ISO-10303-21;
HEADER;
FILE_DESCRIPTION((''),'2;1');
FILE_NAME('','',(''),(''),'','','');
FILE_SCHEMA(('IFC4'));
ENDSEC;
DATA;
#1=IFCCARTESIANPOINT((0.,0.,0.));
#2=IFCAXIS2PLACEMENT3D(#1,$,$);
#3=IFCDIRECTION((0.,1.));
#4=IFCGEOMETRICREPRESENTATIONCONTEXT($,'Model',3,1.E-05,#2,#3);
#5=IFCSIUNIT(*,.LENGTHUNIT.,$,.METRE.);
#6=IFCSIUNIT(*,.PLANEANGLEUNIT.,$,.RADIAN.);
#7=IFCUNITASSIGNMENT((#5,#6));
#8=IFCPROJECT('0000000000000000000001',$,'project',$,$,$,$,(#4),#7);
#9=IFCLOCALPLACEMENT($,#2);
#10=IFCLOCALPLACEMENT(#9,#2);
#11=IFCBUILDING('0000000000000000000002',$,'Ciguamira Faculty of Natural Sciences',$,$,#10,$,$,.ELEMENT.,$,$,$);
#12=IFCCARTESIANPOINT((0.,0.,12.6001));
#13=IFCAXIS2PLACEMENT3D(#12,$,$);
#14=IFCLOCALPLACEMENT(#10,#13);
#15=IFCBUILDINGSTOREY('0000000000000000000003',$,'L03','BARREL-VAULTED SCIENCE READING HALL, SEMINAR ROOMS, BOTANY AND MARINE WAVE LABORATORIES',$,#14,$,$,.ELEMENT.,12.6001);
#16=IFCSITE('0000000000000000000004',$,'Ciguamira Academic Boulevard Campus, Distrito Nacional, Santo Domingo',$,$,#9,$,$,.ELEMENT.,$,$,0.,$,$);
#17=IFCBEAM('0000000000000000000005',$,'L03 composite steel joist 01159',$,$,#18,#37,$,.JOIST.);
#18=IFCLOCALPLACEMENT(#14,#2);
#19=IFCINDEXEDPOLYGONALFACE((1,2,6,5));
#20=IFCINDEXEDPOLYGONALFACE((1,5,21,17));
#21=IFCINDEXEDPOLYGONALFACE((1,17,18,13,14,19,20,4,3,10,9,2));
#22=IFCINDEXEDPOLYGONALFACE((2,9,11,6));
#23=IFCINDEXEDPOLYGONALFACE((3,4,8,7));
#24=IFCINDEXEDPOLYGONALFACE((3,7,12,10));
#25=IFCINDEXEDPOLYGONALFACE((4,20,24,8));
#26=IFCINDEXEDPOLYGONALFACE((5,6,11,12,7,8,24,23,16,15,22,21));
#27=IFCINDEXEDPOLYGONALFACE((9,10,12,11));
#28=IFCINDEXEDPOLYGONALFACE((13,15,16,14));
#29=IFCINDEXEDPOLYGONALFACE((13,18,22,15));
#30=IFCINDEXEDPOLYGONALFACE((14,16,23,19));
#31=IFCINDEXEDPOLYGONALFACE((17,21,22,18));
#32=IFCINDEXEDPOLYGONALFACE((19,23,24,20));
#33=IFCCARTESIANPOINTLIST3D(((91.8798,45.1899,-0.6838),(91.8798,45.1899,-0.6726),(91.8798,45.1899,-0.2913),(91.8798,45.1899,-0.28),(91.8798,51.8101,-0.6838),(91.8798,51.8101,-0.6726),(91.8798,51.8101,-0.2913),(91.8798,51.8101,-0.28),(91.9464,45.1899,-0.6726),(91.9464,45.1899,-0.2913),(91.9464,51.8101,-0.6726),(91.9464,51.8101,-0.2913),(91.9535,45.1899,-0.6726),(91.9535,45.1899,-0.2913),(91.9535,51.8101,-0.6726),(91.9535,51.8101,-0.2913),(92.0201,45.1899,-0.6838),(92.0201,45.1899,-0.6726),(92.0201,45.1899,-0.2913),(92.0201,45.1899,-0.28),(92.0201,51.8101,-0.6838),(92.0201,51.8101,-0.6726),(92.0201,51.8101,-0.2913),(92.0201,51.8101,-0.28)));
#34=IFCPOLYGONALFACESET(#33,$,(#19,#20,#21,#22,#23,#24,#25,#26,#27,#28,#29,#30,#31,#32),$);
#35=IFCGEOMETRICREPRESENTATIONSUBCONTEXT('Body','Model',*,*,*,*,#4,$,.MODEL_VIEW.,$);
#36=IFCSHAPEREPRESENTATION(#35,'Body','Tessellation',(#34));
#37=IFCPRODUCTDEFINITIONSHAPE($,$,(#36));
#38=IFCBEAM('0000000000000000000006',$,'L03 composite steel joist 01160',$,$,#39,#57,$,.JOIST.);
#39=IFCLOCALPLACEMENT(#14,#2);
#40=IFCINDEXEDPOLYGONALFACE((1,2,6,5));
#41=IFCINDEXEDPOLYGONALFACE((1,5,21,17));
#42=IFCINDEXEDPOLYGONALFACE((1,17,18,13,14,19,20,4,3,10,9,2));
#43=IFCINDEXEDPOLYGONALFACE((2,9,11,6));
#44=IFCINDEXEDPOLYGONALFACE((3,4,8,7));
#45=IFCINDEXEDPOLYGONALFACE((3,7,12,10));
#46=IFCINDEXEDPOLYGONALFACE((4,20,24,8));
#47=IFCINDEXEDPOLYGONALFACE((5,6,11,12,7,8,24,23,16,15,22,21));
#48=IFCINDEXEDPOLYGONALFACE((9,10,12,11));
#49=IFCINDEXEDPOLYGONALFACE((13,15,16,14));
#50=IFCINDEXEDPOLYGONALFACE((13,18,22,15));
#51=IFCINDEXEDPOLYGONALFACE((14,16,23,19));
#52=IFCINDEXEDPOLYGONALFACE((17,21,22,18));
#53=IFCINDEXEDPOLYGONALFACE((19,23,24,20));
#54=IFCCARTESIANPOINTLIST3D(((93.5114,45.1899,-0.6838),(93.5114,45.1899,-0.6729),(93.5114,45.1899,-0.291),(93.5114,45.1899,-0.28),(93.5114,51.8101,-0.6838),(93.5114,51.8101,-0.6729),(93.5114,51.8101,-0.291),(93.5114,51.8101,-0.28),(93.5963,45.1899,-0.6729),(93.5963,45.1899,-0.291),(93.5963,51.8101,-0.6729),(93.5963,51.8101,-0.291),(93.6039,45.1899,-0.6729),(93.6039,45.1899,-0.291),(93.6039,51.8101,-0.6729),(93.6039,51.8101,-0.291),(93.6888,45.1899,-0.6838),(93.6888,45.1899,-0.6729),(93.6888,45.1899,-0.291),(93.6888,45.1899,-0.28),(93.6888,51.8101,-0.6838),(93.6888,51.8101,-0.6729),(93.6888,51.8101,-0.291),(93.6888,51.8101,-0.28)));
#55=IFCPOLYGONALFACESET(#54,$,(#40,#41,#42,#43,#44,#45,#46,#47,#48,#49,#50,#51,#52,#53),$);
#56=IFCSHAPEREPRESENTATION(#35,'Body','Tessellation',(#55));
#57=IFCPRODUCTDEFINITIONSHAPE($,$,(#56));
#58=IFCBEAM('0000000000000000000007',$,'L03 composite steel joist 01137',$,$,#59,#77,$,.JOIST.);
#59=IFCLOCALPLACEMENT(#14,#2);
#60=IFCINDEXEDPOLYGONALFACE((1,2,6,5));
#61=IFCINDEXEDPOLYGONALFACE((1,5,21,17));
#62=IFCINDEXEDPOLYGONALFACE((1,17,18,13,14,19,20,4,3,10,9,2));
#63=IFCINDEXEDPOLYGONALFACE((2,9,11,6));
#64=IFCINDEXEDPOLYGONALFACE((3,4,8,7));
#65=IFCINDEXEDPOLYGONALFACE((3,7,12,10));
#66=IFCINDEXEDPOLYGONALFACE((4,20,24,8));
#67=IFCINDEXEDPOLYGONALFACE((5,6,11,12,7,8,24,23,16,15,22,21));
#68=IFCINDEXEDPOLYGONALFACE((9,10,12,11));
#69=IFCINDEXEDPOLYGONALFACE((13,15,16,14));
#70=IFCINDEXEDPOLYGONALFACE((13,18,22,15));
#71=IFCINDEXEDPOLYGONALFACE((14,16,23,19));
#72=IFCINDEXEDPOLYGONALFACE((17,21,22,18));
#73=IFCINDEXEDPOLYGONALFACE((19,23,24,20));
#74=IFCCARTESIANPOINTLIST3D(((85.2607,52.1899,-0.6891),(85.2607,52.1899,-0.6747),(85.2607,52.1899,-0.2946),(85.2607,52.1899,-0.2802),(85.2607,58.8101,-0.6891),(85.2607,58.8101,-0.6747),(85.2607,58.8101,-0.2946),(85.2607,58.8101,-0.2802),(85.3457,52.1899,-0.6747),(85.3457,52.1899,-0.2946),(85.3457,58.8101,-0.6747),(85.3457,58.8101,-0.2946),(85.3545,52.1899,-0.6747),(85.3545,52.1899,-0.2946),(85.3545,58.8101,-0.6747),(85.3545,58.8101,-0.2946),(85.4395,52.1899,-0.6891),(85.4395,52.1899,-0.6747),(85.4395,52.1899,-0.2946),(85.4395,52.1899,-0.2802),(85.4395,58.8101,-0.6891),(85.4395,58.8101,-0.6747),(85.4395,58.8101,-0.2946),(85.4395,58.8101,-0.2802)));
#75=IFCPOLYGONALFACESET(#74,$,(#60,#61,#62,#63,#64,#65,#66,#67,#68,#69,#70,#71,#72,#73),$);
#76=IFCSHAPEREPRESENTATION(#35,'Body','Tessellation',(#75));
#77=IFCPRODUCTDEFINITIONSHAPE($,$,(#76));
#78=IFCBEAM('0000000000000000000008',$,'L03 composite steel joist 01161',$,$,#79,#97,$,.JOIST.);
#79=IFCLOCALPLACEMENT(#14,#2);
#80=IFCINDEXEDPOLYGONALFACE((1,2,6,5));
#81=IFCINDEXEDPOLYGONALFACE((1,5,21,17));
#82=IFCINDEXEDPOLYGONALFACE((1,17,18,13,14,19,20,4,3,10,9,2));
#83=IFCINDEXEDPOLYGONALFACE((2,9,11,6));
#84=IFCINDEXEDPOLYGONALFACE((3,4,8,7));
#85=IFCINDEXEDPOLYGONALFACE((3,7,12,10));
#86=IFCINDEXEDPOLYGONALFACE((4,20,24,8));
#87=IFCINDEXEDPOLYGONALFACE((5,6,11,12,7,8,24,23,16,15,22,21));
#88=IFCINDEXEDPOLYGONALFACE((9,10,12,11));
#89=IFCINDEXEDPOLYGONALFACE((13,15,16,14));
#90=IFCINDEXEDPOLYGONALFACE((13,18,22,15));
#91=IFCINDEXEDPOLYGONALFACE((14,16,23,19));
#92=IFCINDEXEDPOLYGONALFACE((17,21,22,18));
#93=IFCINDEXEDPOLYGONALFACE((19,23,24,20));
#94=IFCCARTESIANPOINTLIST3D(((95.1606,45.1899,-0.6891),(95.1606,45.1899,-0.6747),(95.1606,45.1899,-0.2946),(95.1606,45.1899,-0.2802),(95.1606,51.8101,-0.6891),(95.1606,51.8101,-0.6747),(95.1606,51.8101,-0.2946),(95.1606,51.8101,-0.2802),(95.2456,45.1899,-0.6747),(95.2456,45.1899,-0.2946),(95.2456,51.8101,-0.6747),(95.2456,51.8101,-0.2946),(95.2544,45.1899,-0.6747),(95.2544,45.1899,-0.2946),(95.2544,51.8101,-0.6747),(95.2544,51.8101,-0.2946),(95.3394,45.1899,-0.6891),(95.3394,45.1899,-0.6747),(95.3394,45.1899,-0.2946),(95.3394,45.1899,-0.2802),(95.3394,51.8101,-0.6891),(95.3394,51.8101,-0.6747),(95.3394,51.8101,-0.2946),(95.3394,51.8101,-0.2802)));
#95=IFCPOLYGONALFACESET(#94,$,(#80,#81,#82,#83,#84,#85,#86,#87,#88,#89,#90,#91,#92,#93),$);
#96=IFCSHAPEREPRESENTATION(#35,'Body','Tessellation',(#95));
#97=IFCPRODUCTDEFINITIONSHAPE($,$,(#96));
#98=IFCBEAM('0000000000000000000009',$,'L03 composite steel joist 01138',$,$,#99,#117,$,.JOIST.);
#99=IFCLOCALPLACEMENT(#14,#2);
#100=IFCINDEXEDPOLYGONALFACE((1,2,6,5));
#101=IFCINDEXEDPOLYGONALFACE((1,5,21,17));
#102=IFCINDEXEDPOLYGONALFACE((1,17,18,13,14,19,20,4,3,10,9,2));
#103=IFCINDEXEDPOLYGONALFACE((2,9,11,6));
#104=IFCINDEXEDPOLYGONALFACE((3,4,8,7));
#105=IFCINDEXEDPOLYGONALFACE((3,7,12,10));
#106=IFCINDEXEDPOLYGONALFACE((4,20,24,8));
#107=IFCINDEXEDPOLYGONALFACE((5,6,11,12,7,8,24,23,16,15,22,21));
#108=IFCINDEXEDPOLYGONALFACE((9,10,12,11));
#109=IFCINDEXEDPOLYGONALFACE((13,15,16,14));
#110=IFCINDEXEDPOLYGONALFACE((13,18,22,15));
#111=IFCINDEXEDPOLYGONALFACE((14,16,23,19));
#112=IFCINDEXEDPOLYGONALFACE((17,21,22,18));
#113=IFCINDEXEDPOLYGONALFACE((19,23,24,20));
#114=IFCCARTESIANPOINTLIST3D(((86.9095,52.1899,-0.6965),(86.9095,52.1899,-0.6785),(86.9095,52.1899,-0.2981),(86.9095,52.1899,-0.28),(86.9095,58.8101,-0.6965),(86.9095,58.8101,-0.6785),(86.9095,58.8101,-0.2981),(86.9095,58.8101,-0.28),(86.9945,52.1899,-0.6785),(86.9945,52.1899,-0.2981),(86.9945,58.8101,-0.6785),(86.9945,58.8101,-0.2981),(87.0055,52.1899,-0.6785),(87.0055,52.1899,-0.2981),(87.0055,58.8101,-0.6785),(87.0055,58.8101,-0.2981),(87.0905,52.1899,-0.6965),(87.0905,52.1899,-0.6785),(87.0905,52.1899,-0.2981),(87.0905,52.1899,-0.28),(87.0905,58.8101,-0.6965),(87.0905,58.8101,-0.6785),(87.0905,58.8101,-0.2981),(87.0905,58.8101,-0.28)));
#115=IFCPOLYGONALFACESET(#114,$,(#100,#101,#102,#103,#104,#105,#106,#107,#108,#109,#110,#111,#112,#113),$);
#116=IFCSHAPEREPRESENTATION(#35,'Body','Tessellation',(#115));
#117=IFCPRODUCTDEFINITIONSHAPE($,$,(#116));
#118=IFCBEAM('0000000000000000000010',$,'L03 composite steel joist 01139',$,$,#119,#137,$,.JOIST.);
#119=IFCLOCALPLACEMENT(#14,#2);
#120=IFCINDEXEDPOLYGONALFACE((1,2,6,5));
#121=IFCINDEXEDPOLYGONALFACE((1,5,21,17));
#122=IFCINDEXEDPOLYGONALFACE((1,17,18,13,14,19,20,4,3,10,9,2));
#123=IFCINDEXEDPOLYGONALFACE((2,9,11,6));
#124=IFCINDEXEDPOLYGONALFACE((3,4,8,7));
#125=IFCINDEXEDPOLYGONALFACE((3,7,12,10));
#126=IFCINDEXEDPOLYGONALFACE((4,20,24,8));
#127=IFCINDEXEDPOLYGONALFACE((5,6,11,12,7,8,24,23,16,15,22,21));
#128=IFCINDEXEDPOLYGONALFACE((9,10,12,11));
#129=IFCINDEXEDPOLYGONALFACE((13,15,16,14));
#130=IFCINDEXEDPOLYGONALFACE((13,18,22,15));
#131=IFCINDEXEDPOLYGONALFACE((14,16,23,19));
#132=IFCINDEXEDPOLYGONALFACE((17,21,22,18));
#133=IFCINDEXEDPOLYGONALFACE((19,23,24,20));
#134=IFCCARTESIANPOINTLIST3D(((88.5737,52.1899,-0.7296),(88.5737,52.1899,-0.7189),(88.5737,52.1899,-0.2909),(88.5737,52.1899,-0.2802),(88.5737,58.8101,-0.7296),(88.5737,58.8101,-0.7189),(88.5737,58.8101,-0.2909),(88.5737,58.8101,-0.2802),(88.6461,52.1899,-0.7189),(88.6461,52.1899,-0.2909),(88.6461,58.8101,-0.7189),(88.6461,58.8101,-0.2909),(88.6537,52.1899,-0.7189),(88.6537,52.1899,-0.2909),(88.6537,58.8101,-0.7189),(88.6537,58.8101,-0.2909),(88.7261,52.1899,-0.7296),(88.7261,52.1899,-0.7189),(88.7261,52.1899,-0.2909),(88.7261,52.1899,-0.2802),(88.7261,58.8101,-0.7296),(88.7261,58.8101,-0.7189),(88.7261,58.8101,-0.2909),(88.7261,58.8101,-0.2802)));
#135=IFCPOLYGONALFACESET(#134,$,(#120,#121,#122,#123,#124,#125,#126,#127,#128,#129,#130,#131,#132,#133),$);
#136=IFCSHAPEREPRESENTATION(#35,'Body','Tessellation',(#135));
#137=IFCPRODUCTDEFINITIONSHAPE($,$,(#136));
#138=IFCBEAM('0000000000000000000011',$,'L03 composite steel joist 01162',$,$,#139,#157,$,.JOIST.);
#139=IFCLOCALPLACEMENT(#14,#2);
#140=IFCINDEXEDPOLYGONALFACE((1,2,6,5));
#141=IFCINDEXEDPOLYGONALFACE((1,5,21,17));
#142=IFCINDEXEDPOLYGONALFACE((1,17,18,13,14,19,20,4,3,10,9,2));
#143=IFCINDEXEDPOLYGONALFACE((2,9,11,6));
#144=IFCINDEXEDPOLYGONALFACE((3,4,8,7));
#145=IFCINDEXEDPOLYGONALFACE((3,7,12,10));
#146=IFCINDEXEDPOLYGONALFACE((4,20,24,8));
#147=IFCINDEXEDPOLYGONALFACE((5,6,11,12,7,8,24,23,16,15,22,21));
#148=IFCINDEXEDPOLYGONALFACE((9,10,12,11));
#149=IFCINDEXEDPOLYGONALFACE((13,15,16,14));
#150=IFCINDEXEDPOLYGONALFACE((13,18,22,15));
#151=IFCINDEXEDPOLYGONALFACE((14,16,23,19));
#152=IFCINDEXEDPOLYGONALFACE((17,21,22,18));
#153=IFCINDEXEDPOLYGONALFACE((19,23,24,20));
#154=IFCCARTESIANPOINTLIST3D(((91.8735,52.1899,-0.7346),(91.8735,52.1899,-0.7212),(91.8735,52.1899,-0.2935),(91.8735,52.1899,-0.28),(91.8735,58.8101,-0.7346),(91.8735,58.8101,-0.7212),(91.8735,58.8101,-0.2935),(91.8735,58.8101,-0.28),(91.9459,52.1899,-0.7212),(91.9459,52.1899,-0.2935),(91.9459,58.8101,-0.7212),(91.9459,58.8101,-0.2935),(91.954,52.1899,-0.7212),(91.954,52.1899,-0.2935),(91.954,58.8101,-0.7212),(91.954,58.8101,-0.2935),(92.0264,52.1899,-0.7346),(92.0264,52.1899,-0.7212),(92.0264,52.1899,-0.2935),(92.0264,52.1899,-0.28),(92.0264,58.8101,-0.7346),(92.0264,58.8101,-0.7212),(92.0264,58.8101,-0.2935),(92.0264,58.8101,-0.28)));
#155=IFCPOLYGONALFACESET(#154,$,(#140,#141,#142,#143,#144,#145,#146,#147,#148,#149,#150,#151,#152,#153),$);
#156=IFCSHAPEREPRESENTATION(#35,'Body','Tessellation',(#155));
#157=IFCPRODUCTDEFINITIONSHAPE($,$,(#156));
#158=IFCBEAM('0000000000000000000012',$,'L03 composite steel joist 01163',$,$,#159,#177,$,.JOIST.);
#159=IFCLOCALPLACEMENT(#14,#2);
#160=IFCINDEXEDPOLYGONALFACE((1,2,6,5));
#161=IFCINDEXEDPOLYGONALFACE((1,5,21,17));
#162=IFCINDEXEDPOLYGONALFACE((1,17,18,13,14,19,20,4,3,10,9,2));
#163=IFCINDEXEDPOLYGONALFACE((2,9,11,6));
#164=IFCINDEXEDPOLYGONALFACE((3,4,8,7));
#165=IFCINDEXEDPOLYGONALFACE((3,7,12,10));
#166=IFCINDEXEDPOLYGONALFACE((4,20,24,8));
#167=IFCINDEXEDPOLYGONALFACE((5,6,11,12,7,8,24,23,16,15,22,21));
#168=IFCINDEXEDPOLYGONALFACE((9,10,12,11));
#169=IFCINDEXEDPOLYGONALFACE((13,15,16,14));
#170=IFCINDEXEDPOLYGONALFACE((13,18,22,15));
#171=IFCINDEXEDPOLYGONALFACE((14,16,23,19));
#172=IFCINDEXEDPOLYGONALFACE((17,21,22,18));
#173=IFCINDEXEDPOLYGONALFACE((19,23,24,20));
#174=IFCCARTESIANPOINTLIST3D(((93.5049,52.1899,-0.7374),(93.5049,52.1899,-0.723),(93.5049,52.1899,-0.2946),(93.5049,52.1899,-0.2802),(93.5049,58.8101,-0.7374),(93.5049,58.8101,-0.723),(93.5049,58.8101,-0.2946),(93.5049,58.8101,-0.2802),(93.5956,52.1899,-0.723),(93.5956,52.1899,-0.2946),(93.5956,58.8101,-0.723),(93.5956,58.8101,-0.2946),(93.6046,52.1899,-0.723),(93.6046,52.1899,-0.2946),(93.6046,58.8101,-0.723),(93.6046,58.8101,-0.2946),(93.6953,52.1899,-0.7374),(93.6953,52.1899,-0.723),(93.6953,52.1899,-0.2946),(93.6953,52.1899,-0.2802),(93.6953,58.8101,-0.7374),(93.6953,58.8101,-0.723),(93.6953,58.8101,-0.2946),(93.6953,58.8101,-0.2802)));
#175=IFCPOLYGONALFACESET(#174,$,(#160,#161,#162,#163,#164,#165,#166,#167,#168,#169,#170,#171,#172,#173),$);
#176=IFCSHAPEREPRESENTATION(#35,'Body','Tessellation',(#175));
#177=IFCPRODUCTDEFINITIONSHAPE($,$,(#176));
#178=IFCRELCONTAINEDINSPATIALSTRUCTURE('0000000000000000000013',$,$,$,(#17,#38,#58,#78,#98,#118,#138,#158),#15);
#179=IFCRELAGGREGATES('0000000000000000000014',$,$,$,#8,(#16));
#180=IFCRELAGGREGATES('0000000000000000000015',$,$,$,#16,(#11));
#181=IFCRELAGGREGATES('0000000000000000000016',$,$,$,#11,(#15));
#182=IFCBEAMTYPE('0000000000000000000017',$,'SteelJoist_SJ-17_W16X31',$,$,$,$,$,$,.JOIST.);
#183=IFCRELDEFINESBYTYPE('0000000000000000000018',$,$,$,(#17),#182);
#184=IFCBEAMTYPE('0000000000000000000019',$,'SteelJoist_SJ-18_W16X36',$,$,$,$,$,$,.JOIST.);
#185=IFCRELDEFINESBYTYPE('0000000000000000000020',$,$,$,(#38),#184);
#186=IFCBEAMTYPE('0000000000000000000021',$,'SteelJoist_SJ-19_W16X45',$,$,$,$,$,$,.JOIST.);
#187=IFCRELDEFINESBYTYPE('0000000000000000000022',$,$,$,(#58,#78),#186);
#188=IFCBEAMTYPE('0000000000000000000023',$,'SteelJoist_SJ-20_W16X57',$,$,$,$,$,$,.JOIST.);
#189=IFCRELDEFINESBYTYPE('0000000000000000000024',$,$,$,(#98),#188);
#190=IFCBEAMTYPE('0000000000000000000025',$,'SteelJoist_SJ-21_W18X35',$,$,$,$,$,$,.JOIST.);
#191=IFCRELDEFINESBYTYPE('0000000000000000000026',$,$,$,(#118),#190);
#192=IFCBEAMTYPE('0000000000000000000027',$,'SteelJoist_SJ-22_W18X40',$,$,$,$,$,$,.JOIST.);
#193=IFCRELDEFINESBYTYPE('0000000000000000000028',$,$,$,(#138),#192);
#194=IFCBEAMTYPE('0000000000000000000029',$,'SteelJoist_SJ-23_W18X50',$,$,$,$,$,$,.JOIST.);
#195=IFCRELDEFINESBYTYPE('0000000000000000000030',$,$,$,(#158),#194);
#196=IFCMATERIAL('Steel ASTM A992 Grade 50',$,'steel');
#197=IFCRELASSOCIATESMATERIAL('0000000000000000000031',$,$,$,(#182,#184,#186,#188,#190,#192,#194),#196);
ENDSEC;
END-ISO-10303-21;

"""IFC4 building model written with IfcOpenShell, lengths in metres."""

from ifc_helpers import new_model, si_unit, direction, frame, origin, origin_2d, place, context, subcontext, project, spatial, i_section, extrude, material, material_profile, profile_set, type_object, element, save


model = new_model("IFC4")

# Units and contexts
model_context = context("Model", 3, precision=1e-05, world=origin(), true_north=direction((0.0, 1.0)))
body_context = subcontext(model_context, "Body", "Model", "MODEL_VIEW")
ifc_project = project(units=[si_unit("LENGTHUNIT", "METRE"), si_unit("PLANEANGLEUNIT", "RADIAN")], contexts=[model_context])

# Site, building, storey
site_placement = place(None, origin())
site = spatial("IfcSite", under=ifc_project, at=site_placement, Name="Ciguamira Academic Boulevard Campus, Distrito Nacional, Santo Domingo", CompositionType="ELEMENT", RefElevation=0.0)
building_placement = place(site_placement, origin())
building = spatial("IfcBuilding", under=site, at=building_placement, Name="Ciguamira Faculty of Natural Sciences", CompositionType="ELEMENT")
storey_placement = place(building_placement, frame((0.0, 0.0, 12.6001)))
storey = spatial("IfcBuildingStorey", under=building, at=storey_placement, Name="L03", Description="BARREL-VAULTED SCIENCE READING HALL, SEMINAR ROOMS, BOTANY AND MARINE WAVE LABORATORIES", CompositionType="ELEMENT", Elevation=12.6001)

# Beams
ifc_material_1 = material(Name="Steel ASTM A992 Grade 50", Category="steel")
ifc_material_profile_1 = material_profile(ifc_material_1, i_section(OverallWidth=0.1404, OverallDepth=0.4038, WebThickness=0.0071, FlangeThickness=0.0112, at=origin_2d()), Name="W16X31")
ifc_profile_set_1 = profile_set([ifc_material_profile_1], Name="Steel ASTM A992 Grade 50")
beam_type_1 = type_object("IfcBeamType", Name="SteelJoist_SJ-17_W16X31", PredefinedType="JOIST", material=ifc_profile_set_1)
beam_1_placement = place(storey_placement, frame((91.95, 45.1899, -0.4819), z_axis=(0.0, 1.0, 0.0), x_axis=(-1.0, 0.0, 0.0)))
element("IfcBeam", 1, at=beam_1_placement, inside=storey, type_object=beam_type_1, Name="L03 composite steel joist 01159", PredefinedType="JOIST", context=body_context, shape_type="SweptSolid", body=[
    extrude(i_section(OverallWidth=0.1404, OverallDepth=0.4038, WebThickness=0.0071, FlangeThickness=0.0112, at=origin_2d()), origin(), (0.0, 0.0, 1.0), 6.6201),
])
ifc_material_profile_2 = material_profile(ifc_material_1, i_section(OverallWidth=0.1775, OverallDepth=0.4038, WebThickness=0.0076, FlangeThickness=0.011, at=origin_2d()), Name="W16X36")
ifc_profile_set_2 = profile_set([ifc_material_profile_2], Name="Steel ASTM A992 Grade 50")
beam_type_2 = type_object("IfcBeamType", Name="SteelJoist_SJ-18_W16X36", PredefinedType="JOIST", material=ifc_profile_set_2)
beam_2_placement = place(storey_placement, frame((93.6001, 45.1899, -0.4819), z_axis=(0.0, 1.0, 0.0), x_axis=(-1.0, 0.0, 0.0)))
element("IfcBeam", 2, at=beam_2_placement, inside=storey, type_object=beam_type_2, Name="L03 composite steel joist 01160", PredefinedType="JOIST", context=body_context, shape_type="SweptSolid", body=[
    extrude(i_section(OverallWidth=0.1775, OverallDepth=0.4038, WebThickness=0.0076, FlangeThickness=0.011, at=origin_2d()), origin(), (0.0, 0.0, 1.0), 6.6201),
])
ifc_material_profile_3 = material_profile(ifc_material_1, i_section(OverallWidth=0.1787, OverallDepth=0.4089, WebThickness=0.0088, FlangeThickness=0.0144, at=origin_2d()), Name="W16X45")
ifc_profile_set_3 = profile_set([ifc_material_profile_3], Name="Steel ASTM A992 Grade 50")
beam_type_3 = type_object("IfcBeamType", Name="SteelJoist_SJ-19_W16X45", PredefinedType="JOIST", material=ifc_profile_set_3)
for number, where, z_axis, x_axis, name in (
    (3, (85.3501, 52.1899, -0.4846), (0.0, 1.0, 0.0), (-1.0, 0.0, 0.0), "L03 composite steel joist 01137"),
    (4, (95.25, 45.1899, -0.4846), (0.0, 1.0, 0.0), (-1.0, 0.0, 0.0), "L03 composite steel joist 01161"),
):
    element("IfcBeam", number, at=place(storey_placement, frame(where, z_axis=z_axis, x_axis=x_axis)), inside=storey, type_object=beam_type_3, Name=name, PredefinedType="JOIST", context=body_context, shape_type="SweptSolid", body=[
        extrude(i_section(OverallWidth=0.1787, OverallDepth=0.4089, WebThickness=0.0088, FlangeThickness=0.0144, at=origin_2d()), origin(), (0.0, 0.0, 1.0), 6.6201),
    ])
ifc_material_profile_4 = material_profile(ifc_material_1, i_section(OverallWidth=0.1809, OverallDepth=0.4165, WebThickness=0.011, FlangeThickness=0.0181, at=origin_2d()), Name="W16X57")
ifc_profile_set_4 = profile_set([ifc_material_profile_4], Name="Steel ASTM A992 Grade 50")
beam_type_4 = type_object("IfcBeamType", Name="SteelJoist_SJ-20_W16X57", PredefinedType="JOIST", material=ifc_profile_set_4)
beam_3_placement = place(storey_placement, frame((87.0, 52.1899, -0.4883), z_axis=(0.0, 1.0, 0.0), x_axis=(-1.0, 0.0, 0.0)))
element("IfcBeam", 5, at=beam_3_placement, inside=storey, type_object=beam_type_4, Name="L03 composite steel joist 01138", PredefinedType="JOIST", context=body_context, shape_type="SweptSolid", body=[
    extrude(i_section(OverallWidth=0.1809, OverallDepth=0.4165, WebThickness=0.011, FlangeThickness=0.0181, at=origin_2d()), origin(), (0.0, 0.0, 1.0), 6.6201),
])
ifc_material_profile_5 = material_profile(ifc_material_1, i_section(OverallWidth=0.1523, OverallDepth=0.4495, WebThickness=0.0076, FlangeThickness=0.0107, at=origin_2d()), Name="W18X35")
ifc_profile_set_5 = profile_set([ifc_material_profile_5], Name="Steel ASTM A992 Grade 50")
beam_type_5 = type_object("IfcBeamType", Name="SteelJoist_SJ-21_W18X35", PredefinedType="JOIST", material=ifc_profile_set_5)
beam_4_placement = place(storey_placement, frame((88.6499, 52.1899, -0.5049), z_axis=(0.0, 1.0, 0.0), x_axis=(-1.0, 0.0, 0.0)))
element("IfcBeam", 6, at=beam_4_placement, inside=storey, type_object=beam_type_5, Name="L03 composite steel joist 01139", PredefinedType="JOIST", context=body_context, shape_type="SweptSolid", body=[
    extrude(i_section(OverallWidth=0.1523, OverallDepth=0.4495, WebThickness=0.0076, FlangeThickness=0.0107, at=origin_2d()), origin(), (0.0, 0.0, 1.0), 6.6201),
])
ifc_material_profile_6 = material_profile(ifc_material_1, i_section(OverallWidth=0.1528, OverallDepth=0.4546, WebThickness=0.0081, FlangeThickness=0.0134, at=origin_2d()), Name="W18X40")
ifc_profile_set_6 = profile_set([ifc_material_profile_6], Name="Steel ASTM A992 Grade 50")
beam_type_6 = type_object("IfcBeamType", Name="SteelJoist_SJ-22_W18X40", PredefinedType="JOIST", material=ifc_profile_set_6)
beam_5_placement = place(storey_placement, frame((91.95, 52.1899, -0.5073), z_axis=(0.0, 1.0, 0.0), x_axis=(-1.0, 0.0, 0.0)))
element("IfcBeam", 7, at=beam_5_placement, inside=storey, type_object=beam_type_6, Name="L03 composite steel joist 01162", PredefinedType="JOIST", context=body_context, shape_type="SweptSolid", body=[
    extrude(i_section(OverallWidth=0.1528, OverallDepth=0.4546, WebThickness=0.0081, FlangeThickness=0.0134, at=origin_2d()), origin(), (0.0, 0.0, 1.0), 6.6201),
])
ifc_material_profile_7 = material_profile(ifc_material_1, i_section(OverallWidth=0.1904, OverallDepth=0.4573, WebThickness=0.009, FlangeThickness=0.0144, at=origin_2d()), Name="W18X50")
ifc_profile_set_7 = profile_set([ifc_material_profile_7], Name="Steel ASTM A992 Grade 50")
beam_type_7 = type_object("IfcBeamType", Name="SteelJoist_SJ-23_W18X50", PredefinedType="JOIST", material=ifc_profile_set_7)
beam_6_placement = place(storey_placement, frame((93.6001, 52.1899, -0.5088), z_axis=(0.0, 1.0, 0.0), x_axis=(-1.0, 0.0, 0.0)))
element("IfcBeam", 8, at=beam_6_placement, inside=storey, type_object=beam_type_7, Name="L03 composite steel joist 01163", PredefinedType="JOIST", context=body_context, shape_type="SweptSolid", body=[
    extrude(i_section(OverallWidth=0.1904, OverallDepth=0.4573, WebThickness=0.009, FlangeThickness=0.0144, at=origin_2d()), origin(), (0.0, 0.0, 1.0), 6.6201),
])

save(model, "model.ifc")
